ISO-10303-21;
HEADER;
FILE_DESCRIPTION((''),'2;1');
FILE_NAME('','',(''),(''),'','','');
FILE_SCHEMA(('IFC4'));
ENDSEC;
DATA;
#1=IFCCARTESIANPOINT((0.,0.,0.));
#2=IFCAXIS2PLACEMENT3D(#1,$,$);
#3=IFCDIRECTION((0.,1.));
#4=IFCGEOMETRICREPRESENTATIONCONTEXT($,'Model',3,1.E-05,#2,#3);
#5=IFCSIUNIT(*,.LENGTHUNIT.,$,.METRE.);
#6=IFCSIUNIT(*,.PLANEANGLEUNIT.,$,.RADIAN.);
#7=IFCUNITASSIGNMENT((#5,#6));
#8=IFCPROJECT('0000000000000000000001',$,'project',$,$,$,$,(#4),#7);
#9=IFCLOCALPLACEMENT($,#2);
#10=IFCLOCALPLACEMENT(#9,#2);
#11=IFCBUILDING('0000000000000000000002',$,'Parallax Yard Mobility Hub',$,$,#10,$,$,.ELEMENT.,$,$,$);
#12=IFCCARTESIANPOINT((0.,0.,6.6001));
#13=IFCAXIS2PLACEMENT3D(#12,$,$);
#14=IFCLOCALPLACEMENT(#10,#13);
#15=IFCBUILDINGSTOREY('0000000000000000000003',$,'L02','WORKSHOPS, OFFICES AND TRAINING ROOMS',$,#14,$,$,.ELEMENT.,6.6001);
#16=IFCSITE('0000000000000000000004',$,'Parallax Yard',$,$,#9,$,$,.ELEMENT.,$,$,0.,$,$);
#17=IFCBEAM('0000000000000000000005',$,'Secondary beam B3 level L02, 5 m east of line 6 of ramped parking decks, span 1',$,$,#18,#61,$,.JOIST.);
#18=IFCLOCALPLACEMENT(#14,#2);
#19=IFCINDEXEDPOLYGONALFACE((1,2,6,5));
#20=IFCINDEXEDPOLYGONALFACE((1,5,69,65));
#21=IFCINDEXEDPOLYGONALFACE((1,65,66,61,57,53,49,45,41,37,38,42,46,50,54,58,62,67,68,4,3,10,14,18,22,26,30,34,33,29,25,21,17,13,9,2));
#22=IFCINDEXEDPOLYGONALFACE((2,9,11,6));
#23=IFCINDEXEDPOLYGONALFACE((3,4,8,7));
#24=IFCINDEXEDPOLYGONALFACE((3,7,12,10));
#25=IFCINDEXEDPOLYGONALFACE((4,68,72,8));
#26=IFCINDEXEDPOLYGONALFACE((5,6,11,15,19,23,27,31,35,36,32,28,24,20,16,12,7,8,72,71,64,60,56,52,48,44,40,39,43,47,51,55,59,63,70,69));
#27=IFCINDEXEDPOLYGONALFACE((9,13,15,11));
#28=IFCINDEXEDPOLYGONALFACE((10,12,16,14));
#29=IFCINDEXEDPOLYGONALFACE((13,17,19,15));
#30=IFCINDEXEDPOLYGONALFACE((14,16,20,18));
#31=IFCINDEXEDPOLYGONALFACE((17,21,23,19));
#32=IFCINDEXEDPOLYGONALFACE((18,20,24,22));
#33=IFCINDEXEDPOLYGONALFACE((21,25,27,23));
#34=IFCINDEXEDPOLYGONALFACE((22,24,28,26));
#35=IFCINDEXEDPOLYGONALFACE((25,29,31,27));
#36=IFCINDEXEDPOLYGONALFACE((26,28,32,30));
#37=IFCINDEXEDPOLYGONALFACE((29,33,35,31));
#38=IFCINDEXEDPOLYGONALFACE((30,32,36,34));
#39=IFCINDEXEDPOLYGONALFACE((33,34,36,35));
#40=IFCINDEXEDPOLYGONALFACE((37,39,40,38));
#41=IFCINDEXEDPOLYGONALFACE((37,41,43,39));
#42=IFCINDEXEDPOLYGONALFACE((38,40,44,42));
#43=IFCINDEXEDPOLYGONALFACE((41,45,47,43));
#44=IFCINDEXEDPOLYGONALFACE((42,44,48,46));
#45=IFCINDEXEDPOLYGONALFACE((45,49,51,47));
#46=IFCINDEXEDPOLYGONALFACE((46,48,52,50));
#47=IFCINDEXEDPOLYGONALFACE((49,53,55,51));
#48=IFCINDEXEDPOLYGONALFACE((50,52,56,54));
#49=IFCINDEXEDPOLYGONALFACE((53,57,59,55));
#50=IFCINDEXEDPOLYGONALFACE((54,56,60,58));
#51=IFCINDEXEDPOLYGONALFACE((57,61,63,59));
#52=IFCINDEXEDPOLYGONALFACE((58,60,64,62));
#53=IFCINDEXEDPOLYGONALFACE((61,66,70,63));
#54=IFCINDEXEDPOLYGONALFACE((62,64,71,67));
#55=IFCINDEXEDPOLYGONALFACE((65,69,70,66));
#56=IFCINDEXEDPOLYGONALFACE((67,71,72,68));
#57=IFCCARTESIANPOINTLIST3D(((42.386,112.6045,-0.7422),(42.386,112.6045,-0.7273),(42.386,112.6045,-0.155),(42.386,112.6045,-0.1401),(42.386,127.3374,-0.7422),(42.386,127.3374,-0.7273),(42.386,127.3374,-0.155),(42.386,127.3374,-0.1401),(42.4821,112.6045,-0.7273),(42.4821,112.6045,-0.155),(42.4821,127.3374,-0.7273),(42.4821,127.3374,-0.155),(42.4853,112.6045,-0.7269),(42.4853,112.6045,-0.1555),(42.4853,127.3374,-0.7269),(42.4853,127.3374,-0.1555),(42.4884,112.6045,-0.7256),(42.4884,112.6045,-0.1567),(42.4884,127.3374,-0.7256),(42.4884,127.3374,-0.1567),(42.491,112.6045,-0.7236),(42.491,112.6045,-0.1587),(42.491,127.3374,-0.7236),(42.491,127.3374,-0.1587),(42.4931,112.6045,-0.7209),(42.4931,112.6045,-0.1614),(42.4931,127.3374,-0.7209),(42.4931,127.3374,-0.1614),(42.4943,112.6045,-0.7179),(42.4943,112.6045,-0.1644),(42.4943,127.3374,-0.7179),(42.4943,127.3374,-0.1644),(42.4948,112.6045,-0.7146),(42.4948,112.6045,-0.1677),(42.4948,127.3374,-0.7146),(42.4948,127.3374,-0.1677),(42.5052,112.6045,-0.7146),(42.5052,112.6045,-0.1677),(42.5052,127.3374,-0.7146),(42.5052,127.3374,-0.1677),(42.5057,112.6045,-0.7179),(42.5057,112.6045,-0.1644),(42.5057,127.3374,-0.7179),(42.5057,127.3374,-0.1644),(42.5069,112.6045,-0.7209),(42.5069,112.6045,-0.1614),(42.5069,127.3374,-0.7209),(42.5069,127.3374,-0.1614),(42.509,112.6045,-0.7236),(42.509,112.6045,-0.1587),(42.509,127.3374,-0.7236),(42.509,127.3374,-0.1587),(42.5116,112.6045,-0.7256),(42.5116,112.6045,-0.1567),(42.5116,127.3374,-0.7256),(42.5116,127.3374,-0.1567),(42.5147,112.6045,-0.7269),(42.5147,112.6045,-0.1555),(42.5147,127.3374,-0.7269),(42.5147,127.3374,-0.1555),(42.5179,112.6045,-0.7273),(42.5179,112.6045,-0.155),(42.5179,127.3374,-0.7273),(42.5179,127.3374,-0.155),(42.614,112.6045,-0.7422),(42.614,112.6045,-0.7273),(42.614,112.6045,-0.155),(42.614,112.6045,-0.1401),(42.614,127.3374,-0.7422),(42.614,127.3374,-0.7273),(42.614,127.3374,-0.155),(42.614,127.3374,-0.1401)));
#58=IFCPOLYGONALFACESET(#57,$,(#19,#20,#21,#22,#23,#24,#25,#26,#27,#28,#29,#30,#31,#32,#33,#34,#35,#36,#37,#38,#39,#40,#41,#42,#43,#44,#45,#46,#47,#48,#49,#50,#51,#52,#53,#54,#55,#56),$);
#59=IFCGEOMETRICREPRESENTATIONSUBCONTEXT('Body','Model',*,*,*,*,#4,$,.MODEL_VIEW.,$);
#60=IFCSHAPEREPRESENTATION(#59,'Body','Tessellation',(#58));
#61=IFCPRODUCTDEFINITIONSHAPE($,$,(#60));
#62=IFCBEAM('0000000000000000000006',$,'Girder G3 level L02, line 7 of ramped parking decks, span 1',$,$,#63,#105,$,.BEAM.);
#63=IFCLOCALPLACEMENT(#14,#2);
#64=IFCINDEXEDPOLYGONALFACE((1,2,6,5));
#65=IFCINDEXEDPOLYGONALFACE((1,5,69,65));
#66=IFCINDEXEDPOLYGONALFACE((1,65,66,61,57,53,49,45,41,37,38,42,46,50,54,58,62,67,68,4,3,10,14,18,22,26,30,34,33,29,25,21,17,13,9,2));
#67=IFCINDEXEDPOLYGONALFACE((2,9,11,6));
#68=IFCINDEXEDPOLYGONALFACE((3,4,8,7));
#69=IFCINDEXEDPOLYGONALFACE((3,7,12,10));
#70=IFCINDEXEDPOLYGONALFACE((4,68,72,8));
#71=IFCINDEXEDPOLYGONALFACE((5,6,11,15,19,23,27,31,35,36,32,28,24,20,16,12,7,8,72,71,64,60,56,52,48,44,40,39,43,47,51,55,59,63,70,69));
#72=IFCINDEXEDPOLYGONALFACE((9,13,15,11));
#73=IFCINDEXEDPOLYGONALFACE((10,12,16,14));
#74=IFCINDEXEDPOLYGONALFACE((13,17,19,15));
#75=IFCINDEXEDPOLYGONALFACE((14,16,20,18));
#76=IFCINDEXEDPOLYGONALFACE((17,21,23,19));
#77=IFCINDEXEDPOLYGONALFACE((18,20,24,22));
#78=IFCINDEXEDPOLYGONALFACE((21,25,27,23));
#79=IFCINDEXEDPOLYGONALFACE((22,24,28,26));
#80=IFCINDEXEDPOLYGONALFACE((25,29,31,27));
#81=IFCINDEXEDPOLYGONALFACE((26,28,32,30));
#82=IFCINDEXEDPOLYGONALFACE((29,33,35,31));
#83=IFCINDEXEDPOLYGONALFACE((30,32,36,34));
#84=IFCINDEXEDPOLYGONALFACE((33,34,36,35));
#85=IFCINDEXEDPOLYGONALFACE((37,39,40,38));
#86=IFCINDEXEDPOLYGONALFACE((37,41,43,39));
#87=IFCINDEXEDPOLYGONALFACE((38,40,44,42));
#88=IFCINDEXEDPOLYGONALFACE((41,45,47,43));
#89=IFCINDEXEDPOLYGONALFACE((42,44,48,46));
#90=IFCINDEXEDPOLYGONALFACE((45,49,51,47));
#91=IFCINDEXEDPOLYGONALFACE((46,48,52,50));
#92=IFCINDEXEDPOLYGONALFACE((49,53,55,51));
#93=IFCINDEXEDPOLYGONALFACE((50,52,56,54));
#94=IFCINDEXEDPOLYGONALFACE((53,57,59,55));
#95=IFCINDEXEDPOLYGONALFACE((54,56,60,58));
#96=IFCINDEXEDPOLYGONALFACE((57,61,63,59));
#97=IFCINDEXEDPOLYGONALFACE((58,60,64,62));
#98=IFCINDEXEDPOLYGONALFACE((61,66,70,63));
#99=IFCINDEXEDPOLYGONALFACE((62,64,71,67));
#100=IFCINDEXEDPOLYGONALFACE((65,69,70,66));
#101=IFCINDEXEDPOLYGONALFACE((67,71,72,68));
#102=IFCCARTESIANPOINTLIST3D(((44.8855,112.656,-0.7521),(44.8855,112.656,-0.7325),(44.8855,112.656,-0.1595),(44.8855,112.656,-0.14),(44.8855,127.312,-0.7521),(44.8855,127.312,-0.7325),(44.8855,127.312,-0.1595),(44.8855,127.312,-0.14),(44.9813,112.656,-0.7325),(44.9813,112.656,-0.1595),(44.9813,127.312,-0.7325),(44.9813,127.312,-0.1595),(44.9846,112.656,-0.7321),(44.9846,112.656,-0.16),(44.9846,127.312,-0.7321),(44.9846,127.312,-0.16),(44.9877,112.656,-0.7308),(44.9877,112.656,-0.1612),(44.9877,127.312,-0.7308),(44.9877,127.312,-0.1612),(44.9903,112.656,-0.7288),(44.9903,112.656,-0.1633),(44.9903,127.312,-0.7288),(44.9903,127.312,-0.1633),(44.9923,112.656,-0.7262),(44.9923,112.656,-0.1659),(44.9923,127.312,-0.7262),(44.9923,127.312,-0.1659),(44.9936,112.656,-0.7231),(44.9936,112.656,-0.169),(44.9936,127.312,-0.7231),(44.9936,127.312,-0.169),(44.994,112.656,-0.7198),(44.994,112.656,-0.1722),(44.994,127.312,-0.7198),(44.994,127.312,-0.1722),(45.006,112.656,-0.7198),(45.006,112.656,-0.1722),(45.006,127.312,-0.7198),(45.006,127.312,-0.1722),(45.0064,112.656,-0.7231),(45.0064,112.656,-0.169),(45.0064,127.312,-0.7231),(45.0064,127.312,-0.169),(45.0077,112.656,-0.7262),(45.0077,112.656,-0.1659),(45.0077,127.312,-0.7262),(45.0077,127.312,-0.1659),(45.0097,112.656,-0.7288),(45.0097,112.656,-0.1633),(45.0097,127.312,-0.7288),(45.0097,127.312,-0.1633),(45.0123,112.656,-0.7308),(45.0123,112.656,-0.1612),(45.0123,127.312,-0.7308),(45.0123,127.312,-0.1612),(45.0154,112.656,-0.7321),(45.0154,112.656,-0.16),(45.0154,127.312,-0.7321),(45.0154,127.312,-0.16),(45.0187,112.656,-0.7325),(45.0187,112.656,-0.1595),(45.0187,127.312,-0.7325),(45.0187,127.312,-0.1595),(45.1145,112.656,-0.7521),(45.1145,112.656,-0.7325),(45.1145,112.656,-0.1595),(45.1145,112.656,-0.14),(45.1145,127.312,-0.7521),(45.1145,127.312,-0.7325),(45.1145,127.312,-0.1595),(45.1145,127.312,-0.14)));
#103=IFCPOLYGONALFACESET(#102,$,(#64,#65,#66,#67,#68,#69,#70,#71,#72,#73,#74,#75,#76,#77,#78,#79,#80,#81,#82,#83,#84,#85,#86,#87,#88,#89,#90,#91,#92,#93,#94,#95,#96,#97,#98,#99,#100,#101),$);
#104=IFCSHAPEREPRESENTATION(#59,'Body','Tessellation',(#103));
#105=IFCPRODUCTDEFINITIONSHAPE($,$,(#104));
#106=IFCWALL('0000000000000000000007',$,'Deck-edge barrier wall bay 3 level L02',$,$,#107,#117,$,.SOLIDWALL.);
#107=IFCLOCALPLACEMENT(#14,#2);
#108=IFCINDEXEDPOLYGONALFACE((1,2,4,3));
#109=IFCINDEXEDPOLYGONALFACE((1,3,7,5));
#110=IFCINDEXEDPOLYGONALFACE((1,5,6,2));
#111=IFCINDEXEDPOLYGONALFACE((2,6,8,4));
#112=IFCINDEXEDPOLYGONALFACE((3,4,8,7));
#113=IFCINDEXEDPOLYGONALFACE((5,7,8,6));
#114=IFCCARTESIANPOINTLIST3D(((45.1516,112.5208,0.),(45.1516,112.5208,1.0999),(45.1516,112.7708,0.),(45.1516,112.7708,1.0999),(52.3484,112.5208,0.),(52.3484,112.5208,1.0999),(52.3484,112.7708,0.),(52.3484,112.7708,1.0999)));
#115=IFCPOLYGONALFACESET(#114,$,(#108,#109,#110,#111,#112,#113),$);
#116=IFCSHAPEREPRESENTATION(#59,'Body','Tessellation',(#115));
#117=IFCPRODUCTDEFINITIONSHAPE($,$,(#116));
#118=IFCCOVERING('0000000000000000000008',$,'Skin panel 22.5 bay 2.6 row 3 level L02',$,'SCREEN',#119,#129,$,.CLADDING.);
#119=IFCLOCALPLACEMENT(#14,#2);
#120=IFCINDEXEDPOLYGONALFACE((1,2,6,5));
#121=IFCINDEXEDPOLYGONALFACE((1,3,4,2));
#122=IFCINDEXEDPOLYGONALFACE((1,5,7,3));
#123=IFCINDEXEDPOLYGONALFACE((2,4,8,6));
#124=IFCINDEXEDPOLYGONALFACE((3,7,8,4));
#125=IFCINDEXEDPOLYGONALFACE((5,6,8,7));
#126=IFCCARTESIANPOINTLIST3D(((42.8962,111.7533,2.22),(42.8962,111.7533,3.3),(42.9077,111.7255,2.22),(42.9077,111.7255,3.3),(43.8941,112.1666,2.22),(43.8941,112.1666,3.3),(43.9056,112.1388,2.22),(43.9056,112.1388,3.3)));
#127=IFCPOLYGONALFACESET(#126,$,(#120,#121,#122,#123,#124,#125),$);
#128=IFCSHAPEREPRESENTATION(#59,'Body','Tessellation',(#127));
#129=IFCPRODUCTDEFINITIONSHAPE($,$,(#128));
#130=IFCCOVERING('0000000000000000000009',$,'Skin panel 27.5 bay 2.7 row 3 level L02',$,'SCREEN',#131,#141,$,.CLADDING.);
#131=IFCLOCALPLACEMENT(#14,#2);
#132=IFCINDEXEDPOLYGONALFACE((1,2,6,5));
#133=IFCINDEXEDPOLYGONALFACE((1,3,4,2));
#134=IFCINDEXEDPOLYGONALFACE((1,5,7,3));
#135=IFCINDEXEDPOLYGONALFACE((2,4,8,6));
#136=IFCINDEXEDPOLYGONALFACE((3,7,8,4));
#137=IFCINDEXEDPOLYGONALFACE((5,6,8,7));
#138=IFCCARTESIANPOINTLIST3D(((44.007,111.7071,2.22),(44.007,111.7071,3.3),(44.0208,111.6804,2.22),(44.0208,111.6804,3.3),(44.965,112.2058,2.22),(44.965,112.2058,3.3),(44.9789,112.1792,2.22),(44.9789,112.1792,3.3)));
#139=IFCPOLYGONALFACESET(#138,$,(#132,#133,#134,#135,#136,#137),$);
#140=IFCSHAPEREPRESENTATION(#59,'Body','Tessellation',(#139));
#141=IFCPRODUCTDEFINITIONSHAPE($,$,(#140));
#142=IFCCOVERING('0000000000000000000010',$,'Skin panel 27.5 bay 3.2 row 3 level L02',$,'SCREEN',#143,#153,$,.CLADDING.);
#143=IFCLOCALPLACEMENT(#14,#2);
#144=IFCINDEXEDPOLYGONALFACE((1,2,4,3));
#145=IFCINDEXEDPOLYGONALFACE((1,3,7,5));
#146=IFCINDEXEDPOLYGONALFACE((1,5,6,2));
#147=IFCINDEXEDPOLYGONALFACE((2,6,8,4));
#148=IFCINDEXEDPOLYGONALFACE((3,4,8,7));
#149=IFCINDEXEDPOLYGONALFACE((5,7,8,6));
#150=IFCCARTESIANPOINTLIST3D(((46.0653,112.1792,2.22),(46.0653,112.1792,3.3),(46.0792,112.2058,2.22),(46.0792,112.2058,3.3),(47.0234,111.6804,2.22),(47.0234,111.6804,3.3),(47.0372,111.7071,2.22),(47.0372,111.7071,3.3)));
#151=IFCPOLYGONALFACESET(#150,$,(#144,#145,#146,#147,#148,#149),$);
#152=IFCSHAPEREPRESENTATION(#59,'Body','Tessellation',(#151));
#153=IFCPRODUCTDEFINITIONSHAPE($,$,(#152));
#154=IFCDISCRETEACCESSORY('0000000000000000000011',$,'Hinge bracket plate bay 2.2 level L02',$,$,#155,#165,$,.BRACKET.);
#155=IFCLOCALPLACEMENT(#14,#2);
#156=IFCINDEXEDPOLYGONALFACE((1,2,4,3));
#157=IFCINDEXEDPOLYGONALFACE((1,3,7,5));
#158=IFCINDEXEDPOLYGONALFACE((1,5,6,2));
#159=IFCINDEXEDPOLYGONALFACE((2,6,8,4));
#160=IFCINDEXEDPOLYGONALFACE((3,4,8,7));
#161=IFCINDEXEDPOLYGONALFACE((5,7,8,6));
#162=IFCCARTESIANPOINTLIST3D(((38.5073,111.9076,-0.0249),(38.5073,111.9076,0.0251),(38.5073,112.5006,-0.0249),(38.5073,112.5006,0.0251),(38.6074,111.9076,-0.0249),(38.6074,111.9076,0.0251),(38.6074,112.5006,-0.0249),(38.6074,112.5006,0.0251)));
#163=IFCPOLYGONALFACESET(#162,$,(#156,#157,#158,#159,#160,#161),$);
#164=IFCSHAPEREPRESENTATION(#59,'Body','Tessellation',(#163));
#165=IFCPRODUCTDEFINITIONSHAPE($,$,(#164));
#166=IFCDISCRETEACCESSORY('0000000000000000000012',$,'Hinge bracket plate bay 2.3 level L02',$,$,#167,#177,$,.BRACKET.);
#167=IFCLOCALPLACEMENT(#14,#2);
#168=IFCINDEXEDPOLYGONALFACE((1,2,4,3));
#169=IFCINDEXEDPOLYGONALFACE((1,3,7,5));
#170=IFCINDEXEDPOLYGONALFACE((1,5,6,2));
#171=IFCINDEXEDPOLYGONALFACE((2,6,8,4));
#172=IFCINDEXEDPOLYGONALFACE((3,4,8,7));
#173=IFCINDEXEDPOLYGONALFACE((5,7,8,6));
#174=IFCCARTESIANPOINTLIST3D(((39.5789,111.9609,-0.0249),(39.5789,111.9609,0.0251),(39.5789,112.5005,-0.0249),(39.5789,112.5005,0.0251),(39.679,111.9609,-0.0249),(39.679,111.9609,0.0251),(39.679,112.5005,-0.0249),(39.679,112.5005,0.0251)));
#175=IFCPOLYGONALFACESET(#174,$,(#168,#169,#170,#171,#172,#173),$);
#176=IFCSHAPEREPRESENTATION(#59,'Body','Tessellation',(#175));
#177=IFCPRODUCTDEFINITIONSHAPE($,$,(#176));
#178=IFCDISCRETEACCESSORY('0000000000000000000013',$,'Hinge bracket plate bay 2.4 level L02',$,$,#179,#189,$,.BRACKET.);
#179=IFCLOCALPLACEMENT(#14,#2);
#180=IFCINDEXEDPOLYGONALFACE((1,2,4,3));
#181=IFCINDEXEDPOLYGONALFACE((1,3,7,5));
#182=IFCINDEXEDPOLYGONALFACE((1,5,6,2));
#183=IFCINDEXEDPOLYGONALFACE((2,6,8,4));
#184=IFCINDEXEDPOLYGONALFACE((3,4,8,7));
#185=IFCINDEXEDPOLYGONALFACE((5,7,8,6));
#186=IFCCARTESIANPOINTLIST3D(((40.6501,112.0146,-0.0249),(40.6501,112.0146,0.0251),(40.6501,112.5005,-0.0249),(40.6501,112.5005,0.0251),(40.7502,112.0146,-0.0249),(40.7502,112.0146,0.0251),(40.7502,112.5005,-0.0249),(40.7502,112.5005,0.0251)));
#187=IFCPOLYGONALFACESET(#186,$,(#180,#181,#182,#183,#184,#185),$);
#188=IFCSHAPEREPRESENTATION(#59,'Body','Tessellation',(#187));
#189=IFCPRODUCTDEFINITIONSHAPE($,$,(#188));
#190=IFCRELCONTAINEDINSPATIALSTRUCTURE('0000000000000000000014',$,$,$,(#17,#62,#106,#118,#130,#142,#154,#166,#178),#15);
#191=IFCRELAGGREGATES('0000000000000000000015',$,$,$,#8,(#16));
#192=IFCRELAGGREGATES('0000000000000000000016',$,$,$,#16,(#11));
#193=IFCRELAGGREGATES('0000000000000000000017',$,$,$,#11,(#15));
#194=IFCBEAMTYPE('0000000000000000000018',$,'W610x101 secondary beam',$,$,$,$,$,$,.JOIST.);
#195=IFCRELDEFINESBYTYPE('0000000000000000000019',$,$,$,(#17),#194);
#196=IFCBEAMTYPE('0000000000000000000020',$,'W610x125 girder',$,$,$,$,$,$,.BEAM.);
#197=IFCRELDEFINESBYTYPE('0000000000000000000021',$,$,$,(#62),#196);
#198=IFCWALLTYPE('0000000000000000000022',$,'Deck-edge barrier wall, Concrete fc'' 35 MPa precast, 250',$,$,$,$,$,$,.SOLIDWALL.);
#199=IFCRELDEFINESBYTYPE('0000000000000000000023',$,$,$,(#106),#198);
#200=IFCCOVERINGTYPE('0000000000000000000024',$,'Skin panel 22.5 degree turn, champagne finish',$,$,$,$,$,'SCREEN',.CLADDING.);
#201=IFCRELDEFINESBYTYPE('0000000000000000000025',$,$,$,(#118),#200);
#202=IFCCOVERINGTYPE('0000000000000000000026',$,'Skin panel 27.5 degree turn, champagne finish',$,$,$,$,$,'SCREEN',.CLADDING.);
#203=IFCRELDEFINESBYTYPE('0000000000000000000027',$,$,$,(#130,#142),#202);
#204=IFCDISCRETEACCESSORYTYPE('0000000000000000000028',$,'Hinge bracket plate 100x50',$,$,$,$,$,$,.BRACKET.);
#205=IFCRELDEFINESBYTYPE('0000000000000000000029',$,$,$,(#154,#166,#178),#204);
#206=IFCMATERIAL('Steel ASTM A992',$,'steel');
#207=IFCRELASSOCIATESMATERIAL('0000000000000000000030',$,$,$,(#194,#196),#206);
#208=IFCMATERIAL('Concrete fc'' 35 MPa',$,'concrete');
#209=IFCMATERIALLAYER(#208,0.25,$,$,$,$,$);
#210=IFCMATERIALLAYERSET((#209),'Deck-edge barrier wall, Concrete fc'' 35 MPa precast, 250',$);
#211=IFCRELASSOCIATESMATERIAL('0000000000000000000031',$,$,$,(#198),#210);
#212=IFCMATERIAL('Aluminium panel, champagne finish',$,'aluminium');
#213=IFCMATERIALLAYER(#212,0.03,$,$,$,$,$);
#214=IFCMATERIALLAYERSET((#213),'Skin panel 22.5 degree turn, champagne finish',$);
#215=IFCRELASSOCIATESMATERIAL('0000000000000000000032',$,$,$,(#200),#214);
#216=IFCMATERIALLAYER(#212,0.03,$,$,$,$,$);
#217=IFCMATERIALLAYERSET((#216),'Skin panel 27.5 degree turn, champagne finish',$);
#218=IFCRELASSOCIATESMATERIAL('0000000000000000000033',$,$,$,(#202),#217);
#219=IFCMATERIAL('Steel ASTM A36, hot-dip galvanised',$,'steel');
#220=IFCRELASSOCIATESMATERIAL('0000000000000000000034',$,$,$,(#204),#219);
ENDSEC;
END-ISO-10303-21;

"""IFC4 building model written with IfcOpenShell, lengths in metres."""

from ifc_helpers import new_model, si_unit, direction, frame, frame_2d, origin, origin_2d, place, context, subcontext, project, spatial, rectangle, i_section, extrude, material, layer, layer_set, material_profile, profile_set, type_object, element, save


model = new_model("IFC4")

# Units and contexts
model_context = context("Model", 3, precision=1e-05, world=origin(), true_north=direction((0.0, 1.0)))
body_context = subcontext(model_context, "Body", "Model", "MODEL_VIEW")
ifc_project = project(units=[si_unit("LENGTHUNIT", "METRE"), si_unit("PLANEANGLEUNIT", "RADIAN")], contexts=[model_context])

# Site, building, storey
site_placement = place(None, origin())
site = spatial("IfcSite", under=ifc_project, at=site_placement, Name="Parallax Yard", CompositionType="ELEMENT", RefElevation=0.0)
building_placement = place(site_placement, origin())
building = spatial("IfcBuilding", under=site, at=building_placement, Name="Parallax Yard Mobility Hub", CompositionType="ELEMENT")
storey_placement = place(building_placement, frame((0.0, 0.0, 6.6001)))
storey = spatial("IfcBuildingStorey", under=building, at=storey_placement, Name="L02", Description="WORKSHOPS, OFFICES AND TRAINING ROOMS", CompositionType="ELEMENT", Elevation=6.6001)

# Shared definitions
ifc_material_1 = material(Name="Steel ASTM A992", Category="steel")

# Beams
ifc_material_profile_1 = material_profile(ifc_material_1, i_section(OverallWidth=0.228, OverallDepth=0.6021, WebThickness=0.0105, FlangeThickness=0.0149, FilletRadius=0.0127, at=origin_2d()), Name="W610x101")
ifc_profile_set_1 = profile_set([ifc_material_profile_1], Name="Steel ASTM A992")
beam_type_1 = type_object("IfcBeamType", Name="W610x101 secondary beam", PredefinedType="JOIST", material=ifc_profile_set_1)
for number, where, z_axis, x_axis, name in (
    (1, (42.5, 112.6045, -0.4412), (0.0, 1.0, 0.0), (-1.0, 0.0, 0.0), "Secondary beam B3 level L02, 5 m east of line 6 of ramped parking decks, span 1"),
):
    element("IfcBeam", number, at=place(storey_placement, frame(where, z_axis=z_axis, x_axis=x_axis)), inside=storey, type_object=beam_type_1, Name=name, PredefinedType="JOIST", context=body_context, shape_type="SweptSolid", body=[
        extrude(i_section(OverallWidth=0.228, OverallDepth=0.6021, WebThickness=0.0105, FlangeThickness=0.0149, FilletRadius=0.0127, at=origin_2d()), origin(), (0.0, 0.0, 1.0), 14.7329),
    ])
ifc_material_profile_2 = material_profile(ifc_material_1, i_section(OverallWidth=0.229, OverallDepth=0.6121, WebThickness=0.012, FlangeThickness=0.0195, FilletRadius=0.0127, at=origin_2d()), Name="W610x125")
ifc_profile_set_2 = profile_set([ifc_material_profile_2], Name="Steel ASTM A992")
beam_type_2 = type_object("IfcBeamType", Name="W610x125 girder", PredefinedType="BEAM", material=ifc_profile_set_2)
beam_1_placement = place(storey_placement, frame((45.0, 112.656, -0.446), z_axis=(0.0, 1.0, 0.0), x_axis=(-1.0, 0.0, 0.0)))
element("IfcBeam", 2, at=beam_1_placement, inside=storey, type_object=beam_type_2, Name="Girder G3 level L02, line 7 of ramped parking decks, span 1", PredefinedType="BEAM", context=body_context, shape_type="SweptSolid", body=[
    extrude(i_section(OverallWidth=0.229, OverallDepth=0.6121, WebThickness=0.012, FlangeThickness=0.0195, FilletRadius=0.0127, at=origin_2d()), origin(), (0.0, 0.0, 1.0), 14.656),
])

# Wall
ifc_material_2 = material(Name="Concrete fc' 35 MPa", Category="concrete")
ifc_layer_1 = layer(ifc_material_2, 0.25)
ifc_layer_set_1 = layer_set([ifc_layer_1], Name="Deck-edge barrier wall, Concrete fc' 35 MPa precast, 250")
wall_type = type_object("IfcWallType", Name="Deck-edge barrier wall, Concrete fc' 35 MPa precast, 250", PredefinedType="SOLIDWALL", material=ifc_layer_set_1)
wall_placement = place(storey_placement, frame((45.1516, 112.6458, 0.0), z_axis=(0.0, 0.0, 1.0), x_axis=(1.0, 0.0, 0.0)))
element("IfcWall", 3, at=wall_placement, inside=storey, type_object=wall_type, Name="Deck-edge barrier wall bay 3 level L02", PredefinedType="SOLIDWALL", context=body_context, shape_type="SweptSolid", body=[
    extrude(rectangle(XDim=7.1968, YDim=0.25, at=frame_2d((3.5984, 0.0))), origin(), (0.0, 0.0, 1.0), 1.0999),
])

# Coverings
ifc_material_3 = material(Name="Aluminium panel, champagne finish", Category="aluminium")
ifc_layer_2 = layer(ifc_material_3, 0.03)
ifc_layer_set_2 = layer_set([ifc_layer_2], Name="Skin panel 22.5 degree turn, champagne finish")
covering_type_1 = type_object("IfcCoveringType", Name="Skin panel 22.5 degree turn, champagne finish", ElementType="SCREEN", PredefinedType="CLADDING", material=ifc_layer_set_2)
covering_placement = place(storey_placement, frame((43.4009, 111.946, 2.22), z_axis=(0.0, 0.0, 1.0), x_axis=(-0.92388, -0.382683, 0.0)))
element("IfcCovering", 4, at=covering_placement, inside=storey, type_object=covering_type_1, Name="Skin panel 22.5 bay 2.6 row 3 level L02", ObjectType="SCREEN", PredefinedType="CLADDING", context=body_context, shape_type="SweptSolid", body=[
    extrude(rectangle(XDim=1.0801, YDim=0.03, at=origin_2d()), origin(), (0.0, 0.0, 1.0), 1.0801),
])
ifc_layer_3 = layer(ifc_material_3, 0.03)
ifc_layer_set_3 = layer_set([ifc_layer_3], Name="Skin panel 27.5 degree turn, champagne finish")
covering_type_2 = type_object("IfcCoveringType", Name="Skin panel 27.5 degree turn, champagne finish", ElementType="SCREEN", PredefinedType="CLADDING", material=ifc_layer_set_3)
for number, where, z_axis, x_axis, name in (
    (5, (44.4929, 111.9431, 2.22), (0.0, 0.0, 1.0), (-0.887011, -0.461749, 0.0), "Skin panel 27.5 bay 2.7 row 3 level L02"),
    (6, (46.5513, 111.9431, 2.22), (0.0, 0.0, 1.0), (0.887011, -0.461749, 0.0), "Skin panel 27.5 bay 3.2 row 3 level L02"),
):
    element("IfcCovering", number, at=place(storey_placement, frame(where, z_axis=z_axis, x_axis=x_axis)), inside=storey, type_object=covering_type_2, Name=name, ObjectType="SCREEN", PredefinedType="CLADDING", context=body_context, shape_type="SweptSolid", body=[
        extrude(rectangle(XDim=1.0801, YDim=0.03, at=origin_2d()), origin(), (0.0, 0.0, 1.0), 1.0801),
    ])

# Discrete accessories
ifc_material_4 = material(Name="Steel ASTM A36, hot-dip galvanised", Category="steel")
discrete_accessory_type_1 = type_object("IfcDiscreteAccessoryType", Name="Hinge bracket plate 100x50", PredefinedType="BRACKET", material=ifc_material_4)
discrete_accessory_1_placement = place(storey_placement, frame((38.5574, 112.2041, -0.0249), z_axis=(0.0, 0.0, 1.0), x_axis=(0.0, -1.0, 0.0)))
element("IfcDiscreteAccessory", 7, at=discrete_accessory_1_placement, inside=storey, type_object=discrete_accessory_type_1, Name="Hinge bracket plate bay 2.2 level L02", PredefinedType="BRACKET", context=body_context, shape_type="SweptSolid", body=[
    extrude(rectangle(XDim=0.593, YDim=0.1001, at=origin_2d()), origin(), (0.0, 0.0, 1.0), 0.05),
])
discrete_accessory_2_placement = place(storey_placement, frame((39.6289, 112.2307, -0.0249), z_axis=(0.0, 0.0, 1.0), x_axis=(0.0, -1.0, 0.0)))
element("IfcDiscreteAccessory", 8, at=discrete_accessory_2_placement, inside=storey, type_object=discrete_accessory_type_1, Name="Hinge bracket plate bay 2.3 level L02", PredefinedType="BRACKET", context=body_context, shape_type="SweptSolid", body=[
    extrude(rectangle(XDim=0.5396, YDim=0.1001, at=origin_2d()), origin(), (0.0, 0.0, 1.0), 0.05),
])
discrete_accessory_3_placement = place(storey_placement, frame((40.7002, 112.2576, -0.0249), z_axis=(0.0, 0.0, 1.0), x_axis=(0.0, -1.0, 0.0)))
element("IfcDiscreteAccessory", 9, at=discrete_accessory_3_placement, inside=storey, type_object=discrete_accessory_type_1, Name="Hinge bracket plate bay 2.4 level L02", PredefinedType="BRACKET", context=body_context, shape_type="SweptSolid", body=[
    extrude(rectangle(XDim=0.4858, YDim=0.1001, at=origin_2d()), origin(), (0.0, 0.0, 1.0), 0.05),
])

save(model, "model.ifc")
